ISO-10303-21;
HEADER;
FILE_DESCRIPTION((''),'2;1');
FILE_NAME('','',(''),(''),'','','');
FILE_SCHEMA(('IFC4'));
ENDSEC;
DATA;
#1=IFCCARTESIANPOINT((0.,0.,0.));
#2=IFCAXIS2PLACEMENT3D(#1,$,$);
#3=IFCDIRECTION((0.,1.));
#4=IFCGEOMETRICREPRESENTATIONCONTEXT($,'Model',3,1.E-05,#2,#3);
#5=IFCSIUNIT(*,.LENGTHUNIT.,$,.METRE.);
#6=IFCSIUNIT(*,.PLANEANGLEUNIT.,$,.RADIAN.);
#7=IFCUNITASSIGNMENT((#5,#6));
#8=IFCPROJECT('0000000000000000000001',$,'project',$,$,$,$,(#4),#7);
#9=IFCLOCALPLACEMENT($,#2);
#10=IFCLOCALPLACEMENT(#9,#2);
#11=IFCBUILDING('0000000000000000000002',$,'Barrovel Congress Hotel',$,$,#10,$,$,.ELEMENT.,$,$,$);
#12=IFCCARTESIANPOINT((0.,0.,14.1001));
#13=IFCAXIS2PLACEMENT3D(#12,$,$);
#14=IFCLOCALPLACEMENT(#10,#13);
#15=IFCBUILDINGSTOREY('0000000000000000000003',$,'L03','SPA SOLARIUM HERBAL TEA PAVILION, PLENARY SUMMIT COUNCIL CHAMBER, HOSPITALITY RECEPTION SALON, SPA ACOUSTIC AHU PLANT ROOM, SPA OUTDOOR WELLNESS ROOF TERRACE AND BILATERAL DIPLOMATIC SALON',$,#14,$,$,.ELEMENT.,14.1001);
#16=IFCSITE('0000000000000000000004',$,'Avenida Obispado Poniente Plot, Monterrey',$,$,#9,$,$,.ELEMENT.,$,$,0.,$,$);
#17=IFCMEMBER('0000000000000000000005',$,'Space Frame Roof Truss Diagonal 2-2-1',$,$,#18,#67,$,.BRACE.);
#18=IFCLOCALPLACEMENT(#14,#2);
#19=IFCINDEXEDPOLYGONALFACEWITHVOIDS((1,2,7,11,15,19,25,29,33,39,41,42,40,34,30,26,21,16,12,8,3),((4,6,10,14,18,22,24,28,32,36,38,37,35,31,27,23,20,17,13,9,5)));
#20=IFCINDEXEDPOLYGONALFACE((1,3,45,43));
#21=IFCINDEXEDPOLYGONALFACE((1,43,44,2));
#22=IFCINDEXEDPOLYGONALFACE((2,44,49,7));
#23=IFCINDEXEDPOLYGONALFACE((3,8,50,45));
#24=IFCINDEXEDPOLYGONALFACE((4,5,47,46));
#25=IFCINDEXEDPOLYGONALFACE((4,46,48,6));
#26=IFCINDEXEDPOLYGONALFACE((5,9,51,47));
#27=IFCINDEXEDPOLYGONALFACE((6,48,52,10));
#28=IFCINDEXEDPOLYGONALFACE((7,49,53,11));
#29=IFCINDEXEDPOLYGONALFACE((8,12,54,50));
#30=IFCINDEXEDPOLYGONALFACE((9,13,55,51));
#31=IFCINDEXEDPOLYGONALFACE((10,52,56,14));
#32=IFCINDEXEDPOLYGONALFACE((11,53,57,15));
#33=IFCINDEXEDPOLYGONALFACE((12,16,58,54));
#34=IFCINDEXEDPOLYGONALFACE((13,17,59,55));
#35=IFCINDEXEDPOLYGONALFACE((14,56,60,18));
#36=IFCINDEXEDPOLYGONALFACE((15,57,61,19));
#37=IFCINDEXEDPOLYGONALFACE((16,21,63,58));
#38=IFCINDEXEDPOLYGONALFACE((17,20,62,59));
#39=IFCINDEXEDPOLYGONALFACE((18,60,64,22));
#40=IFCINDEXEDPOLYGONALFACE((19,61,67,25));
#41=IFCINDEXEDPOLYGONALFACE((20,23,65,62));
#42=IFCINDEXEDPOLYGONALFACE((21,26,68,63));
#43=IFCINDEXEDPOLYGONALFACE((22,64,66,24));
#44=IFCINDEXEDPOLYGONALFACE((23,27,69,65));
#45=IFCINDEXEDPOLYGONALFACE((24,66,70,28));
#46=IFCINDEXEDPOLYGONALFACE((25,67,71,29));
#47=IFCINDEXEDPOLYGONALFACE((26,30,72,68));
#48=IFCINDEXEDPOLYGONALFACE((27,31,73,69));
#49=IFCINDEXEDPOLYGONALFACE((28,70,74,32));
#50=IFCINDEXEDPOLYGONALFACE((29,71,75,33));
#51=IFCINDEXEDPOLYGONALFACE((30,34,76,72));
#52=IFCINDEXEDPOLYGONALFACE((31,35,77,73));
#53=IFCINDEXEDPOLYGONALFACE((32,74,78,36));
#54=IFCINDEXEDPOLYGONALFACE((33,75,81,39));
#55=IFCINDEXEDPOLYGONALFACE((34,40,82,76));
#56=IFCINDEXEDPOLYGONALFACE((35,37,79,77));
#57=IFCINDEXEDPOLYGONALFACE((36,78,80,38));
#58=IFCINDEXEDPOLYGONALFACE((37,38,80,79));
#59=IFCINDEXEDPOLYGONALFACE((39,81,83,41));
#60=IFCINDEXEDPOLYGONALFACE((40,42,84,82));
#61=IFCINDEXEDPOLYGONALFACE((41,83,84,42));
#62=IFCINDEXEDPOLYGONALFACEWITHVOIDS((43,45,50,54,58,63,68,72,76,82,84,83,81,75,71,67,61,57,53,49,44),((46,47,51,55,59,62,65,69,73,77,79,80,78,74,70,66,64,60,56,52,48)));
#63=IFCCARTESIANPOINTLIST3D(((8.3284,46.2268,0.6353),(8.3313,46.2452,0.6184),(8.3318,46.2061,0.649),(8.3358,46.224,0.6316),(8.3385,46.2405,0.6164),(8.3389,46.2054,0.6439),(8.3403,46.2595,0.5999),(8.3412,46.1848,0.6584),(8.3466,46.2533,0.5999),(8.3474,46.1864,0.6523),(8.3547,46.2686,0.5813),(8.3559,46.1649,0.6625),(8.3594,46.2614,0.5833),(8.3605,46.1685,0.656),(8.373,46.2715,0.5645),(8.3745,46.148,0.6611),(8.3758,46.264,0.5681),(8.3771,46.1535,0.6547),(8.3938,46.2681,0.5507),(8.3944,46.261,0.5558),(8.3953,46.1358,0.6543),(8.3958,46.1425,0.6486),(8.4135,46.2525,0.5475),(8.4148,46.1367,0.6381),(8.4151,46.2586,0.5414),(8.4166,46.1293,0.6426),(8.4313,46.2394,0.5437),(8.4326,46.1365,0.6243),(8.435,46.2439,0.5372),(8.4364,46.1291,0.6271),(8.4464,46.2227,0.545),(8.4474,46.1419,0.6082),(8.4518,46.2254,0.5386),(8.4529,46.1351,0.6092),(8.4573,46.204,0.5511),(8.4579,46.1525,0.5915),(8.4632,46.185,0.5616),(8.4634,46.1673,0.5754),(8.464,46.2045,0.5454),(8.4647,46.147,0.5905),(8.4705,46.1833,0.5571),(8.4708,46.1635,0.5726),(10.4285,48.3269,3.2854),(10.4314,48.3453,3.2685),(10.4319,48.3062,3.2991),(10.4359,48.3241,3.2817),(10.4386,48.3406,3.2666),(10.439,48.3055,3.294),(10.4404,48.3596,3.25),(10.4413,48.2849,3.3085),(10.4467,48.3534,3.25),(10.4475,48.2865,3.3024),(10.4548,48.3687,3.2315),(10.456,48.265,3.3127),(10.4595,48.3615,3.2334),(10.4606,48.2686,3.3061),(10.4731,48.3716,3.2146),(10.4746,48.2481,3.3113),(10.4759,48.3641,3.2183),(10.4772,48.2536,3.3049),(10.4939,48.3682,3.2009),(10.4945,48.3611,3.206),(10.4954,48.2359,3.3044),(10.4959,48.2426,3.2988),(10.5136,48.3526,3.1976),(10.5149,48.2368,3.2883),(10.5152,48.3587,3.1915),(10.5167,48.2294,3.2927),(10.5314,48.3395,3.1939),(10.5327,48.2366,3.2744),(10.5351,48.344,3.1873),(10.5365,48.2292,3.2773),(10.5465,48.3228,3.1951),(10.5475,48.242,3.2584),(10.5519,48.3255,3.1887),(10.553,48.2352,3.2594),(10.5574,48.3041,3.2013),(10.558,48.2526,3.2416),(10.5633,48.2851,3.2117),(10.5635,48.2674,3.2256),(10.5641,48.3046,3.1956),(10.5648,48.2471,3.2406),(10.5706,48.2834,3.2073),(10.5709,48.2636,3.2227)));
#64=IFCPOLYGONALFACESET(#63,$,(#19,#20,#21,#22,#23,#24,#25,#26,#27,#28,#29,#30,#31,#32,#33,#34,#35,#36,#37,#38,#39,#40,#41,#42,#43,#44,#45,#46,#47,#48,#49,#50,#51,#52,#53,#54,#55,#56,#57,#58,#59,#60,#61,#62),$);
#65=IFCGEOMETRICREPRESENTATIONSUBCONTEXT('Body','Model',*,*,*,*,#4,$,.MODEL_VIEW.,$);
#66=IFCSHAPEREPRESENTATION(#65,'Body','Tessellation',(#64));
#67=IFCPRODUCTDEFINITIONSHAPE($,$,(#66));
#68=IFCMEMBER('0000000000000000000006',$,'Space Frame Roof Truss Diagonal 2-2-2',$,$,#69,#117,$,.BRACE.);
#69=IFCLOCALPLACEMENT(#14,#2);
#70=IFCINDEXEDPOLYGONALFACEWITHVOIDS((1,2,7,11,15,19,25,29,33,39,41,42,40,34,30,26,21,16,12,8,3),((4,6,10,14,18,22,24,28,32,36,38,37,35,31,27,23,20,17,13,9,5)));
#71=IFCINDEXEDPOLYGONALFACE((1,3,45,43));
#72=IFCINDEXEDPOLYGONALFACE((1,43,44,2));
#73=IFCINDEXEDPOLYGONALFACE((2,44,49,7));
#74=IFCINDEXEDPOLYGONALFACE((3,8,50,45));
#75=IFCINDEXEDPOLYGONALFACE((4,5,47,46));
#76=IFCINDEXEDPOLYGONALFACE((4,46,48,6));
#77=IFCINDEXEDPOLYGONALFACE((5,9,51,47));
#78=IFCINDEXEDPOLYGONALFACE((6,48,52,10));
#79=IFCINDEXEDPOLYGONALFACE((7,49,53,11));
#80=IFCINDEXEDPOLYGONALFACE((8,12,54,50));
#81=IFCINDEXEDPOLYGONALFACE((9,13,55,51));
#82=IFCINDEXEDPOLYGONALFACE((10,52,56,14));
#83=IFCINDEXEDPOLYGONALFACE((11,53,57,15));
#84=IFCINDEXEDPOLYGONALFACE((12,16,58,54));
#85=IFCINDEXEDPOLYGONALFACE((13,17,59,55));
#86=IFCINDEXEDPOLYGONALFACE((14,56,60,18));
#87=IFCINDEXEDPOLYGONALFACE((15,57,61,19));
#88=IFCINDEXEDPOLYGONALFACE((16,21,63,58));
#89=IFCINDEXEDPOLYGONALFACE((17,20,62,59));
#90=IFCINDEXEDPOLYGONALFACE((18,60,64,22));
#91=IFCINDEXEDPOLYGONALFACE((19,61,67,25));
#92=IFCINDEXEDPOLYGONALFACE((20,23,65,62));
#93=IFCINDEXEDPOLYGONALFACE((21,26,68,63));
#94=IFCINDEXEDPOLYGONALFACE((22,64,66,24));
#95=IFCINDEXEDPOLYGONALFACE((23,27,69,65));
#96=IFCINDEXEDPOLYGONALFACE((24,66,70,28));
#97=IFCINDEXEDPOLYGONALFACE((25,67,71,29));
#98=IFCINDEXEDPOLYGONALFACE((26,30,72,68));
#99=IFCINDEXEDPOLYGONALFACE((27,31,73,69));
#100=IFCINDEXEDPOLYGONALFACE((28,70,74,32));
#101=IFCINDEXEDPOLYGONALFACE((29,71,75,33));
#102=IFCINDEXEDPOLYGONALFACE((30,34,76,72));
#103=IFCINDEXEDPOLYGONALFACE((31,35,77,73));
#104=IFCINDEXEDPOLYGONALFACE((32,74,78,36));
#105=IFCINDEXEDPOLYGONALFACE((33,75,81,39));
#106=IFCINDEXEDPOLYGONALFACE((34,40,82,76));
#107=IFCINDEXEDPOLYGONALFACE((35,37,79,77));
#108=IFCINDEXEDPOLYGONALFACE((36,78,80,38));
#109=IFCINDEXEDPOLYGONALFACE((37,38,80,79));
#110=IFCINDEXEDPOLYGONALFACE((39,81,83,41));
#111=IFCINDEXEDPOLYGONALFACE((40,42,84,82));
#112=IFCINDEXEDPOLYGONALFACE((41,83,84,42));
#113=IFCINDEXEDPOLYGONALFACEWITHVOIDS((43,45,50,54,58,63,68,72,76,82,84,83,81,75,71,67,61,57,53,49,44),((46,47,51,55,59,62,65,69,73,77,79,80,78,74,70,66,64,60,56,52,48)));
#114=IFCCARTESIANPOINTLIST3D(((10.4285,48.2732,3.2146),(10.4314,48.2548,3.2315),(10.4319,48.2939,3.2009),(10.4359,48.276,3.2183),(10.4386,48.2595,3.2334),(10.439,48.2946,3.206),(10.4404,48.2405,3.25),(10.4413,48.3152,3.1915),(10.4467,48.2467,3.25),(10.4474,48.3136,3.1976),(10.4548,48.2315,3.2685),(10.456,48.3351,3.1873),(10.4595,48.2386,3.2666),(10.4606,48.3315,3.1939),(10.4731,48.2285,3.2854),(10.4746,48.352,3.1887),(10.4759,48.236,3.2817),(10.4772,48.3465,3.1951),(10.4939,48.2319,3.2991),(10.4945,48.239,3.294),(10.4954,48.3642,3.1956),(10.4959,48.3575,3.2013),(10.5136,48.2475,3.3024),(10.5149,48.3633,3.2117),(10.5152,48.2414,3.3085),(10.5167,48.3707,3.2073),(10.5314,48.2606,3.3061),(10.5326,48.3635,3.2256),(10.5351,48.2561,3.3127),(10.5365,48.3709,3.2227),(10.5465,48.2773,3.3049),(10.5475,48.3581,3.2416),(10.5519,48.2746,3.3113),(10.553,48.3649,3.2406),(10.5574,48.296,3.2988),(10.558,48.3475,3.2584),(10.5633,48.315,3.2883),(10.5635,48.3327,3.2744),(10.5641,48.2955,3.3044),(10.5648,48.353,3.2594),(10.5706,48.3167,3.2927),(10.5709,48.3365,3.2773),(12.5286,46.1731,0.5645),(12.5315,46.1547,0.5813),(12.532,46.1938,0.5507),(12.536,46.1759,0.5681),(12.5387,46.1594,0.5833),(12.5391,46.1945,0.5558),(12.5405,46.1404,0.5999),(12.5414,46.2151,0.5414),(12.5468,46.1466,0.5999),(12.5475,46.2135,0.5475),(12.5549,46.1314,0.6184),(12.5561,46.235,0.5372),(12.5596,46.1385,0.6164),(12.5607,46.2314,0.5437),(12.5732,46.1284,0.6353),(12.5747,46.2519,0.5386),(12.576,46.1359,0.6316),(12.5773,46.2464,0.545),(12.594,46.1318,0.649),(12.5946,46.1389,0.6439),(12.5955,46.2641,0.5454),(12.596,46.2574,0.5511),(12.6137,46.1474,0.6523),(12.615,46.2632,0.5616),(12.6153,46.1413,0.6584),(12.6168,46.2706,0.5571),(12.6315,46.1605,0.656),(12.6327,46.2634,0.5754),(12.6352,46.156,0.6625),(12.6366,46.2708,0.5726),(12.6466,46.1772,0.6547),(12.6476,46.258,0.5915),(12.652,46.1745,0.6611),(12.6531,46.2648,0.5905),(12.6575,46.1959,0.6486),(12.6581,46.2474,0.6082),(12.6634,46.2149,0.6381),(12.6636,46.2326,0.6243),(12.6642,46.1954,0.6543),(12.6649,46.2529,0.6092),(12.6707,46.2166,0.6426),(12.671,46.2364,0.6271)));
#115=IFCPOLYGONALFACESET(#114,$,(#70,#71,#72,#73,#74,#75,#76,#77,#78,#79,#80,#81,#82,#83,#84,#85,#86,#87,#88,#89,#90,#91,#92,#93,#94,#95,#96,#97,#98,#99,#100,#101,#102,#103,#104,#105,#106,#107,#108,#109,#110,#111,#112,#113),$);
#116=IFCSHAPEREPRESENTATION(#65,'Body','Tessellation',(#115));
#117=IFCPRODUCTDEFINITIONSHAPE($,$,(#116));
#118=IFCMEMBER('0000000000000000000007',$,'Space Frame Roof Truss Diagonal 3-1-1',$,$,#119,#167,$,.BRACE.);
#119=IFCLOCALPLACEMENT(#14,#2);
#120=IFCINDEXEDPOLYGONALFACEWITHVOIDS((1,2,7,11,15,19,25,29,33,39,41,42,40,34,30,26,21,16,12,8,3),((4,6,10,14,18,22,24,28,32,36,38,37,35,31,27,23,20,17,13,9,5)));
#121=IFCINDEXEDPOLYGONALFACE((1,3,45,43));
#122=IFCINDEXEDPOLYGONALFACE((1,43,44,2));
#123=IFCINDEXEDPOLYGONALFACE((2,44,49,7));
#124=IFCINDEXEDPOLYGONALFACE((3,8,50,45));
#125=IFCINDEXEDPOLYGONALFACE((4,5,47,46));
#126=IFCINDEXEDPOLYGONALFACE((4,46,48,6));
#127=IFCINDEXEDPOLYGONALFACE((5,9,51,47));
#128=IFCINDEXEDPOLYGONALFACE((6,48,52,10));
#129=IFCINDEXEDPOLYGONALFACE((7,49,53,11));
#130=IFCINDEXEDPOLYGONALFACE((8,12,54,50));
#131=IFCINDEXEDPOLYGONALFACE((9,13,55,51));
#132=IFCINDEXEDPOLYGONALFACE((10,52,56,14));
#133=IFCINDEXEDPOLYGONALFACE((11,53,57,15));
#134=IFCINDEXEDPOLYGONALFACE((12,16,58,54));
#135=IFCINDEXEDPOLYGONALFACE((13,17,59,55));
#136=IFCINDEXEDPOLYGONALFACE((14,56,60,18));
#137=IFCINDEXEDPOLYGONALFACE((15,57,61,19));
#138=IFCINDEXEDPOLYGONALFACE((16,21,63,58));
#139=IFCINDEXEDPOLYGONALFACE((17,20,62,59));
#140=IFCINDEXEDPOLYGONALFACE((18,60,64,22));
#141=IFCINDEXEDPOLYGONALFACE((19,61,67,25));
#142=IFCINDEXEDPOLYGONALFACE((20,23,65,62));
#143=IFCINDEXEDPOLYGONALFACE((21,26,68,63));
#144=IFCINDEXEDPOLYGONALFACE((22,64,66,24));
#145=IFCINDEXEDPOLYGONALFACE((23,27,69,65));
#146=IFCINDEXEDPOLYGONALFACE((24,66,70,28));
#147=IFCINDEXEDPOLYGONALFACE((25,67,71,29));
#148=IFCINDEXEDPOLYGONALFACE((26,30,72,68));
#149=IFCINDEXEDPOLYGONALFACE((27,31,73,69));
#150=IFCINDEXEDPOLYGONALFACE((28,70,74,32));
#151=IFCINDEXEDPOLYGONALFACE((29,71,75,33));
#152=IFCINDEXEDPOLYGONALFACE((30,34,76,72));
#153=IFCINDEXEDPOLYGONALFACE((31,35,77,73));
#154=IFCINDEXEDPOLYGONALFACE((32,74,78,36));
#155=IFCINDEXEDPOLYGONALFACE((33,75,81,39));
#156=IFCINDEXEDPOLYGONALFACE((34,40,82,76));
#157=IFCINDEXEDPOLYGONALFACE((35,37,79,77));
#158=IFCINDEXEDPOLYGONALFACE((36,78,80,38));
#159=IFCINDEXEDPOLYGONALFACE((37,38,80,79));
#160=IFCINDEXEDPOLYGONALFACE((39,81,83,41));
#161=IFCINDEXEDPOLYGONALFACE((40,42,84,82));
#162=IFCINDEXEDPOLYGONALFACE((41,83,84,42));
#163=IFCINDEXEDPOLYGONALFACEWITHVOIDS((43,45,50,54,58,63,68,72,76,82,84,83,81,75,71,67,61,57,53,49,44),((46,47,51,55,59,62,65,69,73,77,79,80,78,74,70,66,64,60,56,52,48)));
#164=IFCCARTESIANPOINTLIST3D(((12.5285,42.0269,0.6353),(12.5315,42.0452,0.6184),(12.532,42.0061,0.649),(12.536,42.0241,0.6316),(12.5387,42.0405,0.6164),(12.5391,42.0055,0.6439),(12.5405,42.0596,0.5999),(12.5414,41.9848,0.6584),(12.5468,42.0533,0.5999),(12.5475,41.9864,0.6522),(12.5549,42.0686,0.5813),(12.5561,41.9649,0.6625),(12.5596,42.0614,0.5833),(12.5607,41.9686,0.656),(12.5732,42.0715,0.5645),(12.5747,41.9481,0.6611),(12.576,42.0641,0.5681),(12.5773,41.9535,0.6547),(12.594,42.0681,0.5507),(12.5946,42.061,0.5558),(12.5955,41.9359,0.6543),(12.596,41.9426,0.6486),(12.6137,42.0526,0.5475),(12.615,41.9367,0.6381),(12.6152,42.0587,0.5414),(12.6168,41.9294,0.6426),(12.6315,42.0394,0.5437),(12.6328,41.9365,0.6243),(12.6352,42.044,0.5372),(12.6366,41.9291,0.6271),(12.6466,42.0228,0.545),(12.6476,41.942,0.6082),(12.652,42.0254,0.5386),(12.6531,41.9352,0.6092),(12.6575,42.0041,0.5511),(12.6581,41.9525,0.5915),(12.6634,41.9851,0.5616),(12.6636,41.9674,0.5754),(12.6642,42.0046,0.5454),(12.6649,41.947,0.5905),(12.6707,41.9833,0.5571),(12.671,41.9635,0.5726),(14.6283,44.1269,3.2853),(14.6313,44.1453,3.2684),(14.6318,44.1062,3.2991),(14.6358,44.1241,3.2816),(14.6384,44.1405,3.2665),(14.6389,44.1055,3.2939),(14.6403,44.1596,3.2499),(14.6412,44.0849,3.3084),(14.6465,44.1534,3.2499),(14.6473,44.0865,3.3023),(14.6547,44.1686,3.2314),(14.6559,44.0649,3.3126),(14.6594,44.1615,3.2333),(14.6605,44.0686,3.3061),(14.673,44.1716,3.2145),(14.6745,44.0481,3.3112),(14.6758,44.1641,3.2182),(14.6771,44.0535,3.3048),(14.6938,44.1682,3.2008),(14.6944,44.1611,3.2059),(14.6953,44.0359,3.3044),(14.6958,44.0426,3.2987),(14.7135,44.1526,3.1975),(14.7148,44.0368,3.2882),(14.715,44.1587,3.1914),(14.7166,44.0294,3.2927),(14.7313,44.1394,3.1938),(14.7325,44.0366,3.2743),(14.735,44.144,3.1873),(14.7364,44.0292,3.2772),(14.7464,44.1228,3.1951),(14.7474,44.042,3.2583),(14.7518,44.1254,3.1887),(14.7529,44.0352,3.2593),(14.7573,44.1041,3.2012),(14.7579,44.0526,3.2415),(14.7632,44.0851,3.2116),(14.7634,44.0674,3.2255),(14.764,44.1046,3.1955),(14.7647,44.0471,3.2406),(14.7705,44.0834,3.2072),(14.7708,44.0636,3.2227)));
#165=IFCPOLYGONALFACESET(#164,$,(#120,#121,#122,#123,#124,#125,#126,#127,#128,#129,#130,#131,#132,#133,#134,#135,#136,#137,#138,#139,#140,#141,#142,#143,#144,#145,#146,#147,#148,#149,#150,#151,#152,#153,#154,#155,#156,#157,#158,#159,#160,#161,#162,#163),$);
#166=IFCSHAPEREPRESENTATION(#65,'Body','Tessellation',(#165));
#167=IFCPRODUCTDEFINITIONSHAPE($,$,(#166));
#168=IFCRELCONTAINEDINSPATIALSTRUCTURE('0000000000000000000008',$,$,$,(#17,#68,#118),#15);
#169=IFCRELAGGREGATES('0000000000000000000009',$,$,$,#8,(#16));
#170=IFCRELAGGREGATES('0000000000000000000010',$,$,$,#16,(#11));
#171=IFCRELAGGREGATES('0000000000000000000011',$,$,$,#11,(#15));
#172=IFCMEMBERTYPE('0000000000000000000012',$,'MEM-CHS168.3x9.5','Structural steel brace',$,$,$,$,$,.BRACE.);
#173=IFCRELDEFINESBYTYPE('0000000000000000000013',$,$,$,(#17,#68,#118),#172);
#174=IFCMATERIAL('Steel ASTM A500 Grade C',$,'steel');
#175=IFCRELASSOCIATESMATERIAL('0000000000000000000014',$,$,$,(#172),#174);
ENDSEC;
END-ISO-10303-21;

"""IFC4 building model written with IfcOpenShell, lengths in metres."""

from ifc_helpers import new_model, si_unit, direction, frame, origin, origin_2d, place, context, subcontext, project, spatial, hollow_circle, extrude, material, material_profile, profile_set, type_object, element, save


model = new_model("IFC4")

# Units and contexts
model_context = context("Model", 3, precision=1e-05, world=origin(), true_north=direction((0.0, 1.0)))
body_context = subcontext(model_context, "Body", "Model", "MODEL_VIEW")
ifc_project = project(units=[si_unit("LENGTHUNIT", "METRE"), si_unit("PLANEANGLEUNIT", "RADIAN")], contexts=[model_context])

# Site, building, storey
site_placement = place(None, origin())
site = spatial("IfcSite", under=ifc_project, at=site_placement, Name="Avenida Obispado Poniente Plot, Monterrey", CompositionType="ELEMENT", RefElevation=0.0)
building_placement = place(site_placement, origin())
building = spatial("IfcBuilding", under=site, at=building_placement, Name="Barrovel Congress Hotel", CompositionType="ELEMENT")
storey_placement = place(building_placement, frame((0.0, 0.0, 14.1001)))
storey = spatial("IfcBuildingStorey", under=building, at=storey_placement, Name="L03", Description="SPA SOLARIUM HERBAL TEA PAVILION, PLENARY SUMMIT COUNCIL CHAMBER, HOSPITALITY RECEPTION SALON, SPA ACOUSTIC AHU PLANT ROOM, SPA OUTDOOR WELLNESS ROOF TERRACE AND BILATERAL DIPLOMATIC SALON", CompositionType="ELEMENT", Elevation=14.1001)

# Members
ifc_material_1 = material(Name="Steel ASTM A500 Grade C", Category="steel")
ifc_material_profile_1 = material_profile(ifc_material_1, hollow_circle(Radius=0.0842, WallThickness=0.0088, at=origin_2d()), Name="CHS168.3x9.5")
ifc_profile_set_1 = profile_set([ifc_material_profile_1], Name="Steel ASTM A500 Grade C")
member_type_1 = type_object("IfcMemberType", Name="MEM-CHS168.3x9.5", Description="Structural steel brace", PredefinedType="BRACE", material=ifc_profile_set_1)
for number, where, z_axis, x_axis, name in (
    (1, (8.3999, 46.2, 0.5999), (0.527601, 0.527601, 0.665788), (-0.707107, 0.707107, 0.0), "Space Frame Roof Truss Diagonal 2-2-1"),
    (2, (12.6001, 46.2, 0.5999), (-0.527601, 0.527601, 0.665788), (-0.707107, -0.707107, 0.0), "Space Frame Roof Truss Diagonal 2-2-2"),
):
    element("IfcMember", number, at=place(storey_placement, frame(where, z_axis=z_axis, x_axis=x_axis)), inside=storey, type_object=member_type_1, Name=name, PredefinedType="BRACE", context=body_context, shape_type="SweptSolid", body=[
        extrude(hollow_circle(Radius=0.0842, WallThickness=0.0088, at=origin_2d()), origin(), (0.0, 0.0, 1.0), 3.9805),
    ])
member_1_placement = place(storey_placement, frame((12.6001, 42.0, 0.5999), z_axis=(0.527557, 0.527618, 0.66581), x_axis=(-0.707148, 0.707066, 0.0)))
element("IfcMember", 3, at=member_1_placement, inside=storey, type_object=member_type_1, Name="Space Frame Roof Truss Diagonal 3-1-1", PredefinedType="BRACE", context=body_context, shape_type="SweptSolid", body=[
    extrude(hollow_circle(Radius=0.0842, WallThickness=0.0088, at=origin_2d()), origin(), (0.0, 0.0, 1.0), 3.9802),
])

save(model, "model.ifc")
